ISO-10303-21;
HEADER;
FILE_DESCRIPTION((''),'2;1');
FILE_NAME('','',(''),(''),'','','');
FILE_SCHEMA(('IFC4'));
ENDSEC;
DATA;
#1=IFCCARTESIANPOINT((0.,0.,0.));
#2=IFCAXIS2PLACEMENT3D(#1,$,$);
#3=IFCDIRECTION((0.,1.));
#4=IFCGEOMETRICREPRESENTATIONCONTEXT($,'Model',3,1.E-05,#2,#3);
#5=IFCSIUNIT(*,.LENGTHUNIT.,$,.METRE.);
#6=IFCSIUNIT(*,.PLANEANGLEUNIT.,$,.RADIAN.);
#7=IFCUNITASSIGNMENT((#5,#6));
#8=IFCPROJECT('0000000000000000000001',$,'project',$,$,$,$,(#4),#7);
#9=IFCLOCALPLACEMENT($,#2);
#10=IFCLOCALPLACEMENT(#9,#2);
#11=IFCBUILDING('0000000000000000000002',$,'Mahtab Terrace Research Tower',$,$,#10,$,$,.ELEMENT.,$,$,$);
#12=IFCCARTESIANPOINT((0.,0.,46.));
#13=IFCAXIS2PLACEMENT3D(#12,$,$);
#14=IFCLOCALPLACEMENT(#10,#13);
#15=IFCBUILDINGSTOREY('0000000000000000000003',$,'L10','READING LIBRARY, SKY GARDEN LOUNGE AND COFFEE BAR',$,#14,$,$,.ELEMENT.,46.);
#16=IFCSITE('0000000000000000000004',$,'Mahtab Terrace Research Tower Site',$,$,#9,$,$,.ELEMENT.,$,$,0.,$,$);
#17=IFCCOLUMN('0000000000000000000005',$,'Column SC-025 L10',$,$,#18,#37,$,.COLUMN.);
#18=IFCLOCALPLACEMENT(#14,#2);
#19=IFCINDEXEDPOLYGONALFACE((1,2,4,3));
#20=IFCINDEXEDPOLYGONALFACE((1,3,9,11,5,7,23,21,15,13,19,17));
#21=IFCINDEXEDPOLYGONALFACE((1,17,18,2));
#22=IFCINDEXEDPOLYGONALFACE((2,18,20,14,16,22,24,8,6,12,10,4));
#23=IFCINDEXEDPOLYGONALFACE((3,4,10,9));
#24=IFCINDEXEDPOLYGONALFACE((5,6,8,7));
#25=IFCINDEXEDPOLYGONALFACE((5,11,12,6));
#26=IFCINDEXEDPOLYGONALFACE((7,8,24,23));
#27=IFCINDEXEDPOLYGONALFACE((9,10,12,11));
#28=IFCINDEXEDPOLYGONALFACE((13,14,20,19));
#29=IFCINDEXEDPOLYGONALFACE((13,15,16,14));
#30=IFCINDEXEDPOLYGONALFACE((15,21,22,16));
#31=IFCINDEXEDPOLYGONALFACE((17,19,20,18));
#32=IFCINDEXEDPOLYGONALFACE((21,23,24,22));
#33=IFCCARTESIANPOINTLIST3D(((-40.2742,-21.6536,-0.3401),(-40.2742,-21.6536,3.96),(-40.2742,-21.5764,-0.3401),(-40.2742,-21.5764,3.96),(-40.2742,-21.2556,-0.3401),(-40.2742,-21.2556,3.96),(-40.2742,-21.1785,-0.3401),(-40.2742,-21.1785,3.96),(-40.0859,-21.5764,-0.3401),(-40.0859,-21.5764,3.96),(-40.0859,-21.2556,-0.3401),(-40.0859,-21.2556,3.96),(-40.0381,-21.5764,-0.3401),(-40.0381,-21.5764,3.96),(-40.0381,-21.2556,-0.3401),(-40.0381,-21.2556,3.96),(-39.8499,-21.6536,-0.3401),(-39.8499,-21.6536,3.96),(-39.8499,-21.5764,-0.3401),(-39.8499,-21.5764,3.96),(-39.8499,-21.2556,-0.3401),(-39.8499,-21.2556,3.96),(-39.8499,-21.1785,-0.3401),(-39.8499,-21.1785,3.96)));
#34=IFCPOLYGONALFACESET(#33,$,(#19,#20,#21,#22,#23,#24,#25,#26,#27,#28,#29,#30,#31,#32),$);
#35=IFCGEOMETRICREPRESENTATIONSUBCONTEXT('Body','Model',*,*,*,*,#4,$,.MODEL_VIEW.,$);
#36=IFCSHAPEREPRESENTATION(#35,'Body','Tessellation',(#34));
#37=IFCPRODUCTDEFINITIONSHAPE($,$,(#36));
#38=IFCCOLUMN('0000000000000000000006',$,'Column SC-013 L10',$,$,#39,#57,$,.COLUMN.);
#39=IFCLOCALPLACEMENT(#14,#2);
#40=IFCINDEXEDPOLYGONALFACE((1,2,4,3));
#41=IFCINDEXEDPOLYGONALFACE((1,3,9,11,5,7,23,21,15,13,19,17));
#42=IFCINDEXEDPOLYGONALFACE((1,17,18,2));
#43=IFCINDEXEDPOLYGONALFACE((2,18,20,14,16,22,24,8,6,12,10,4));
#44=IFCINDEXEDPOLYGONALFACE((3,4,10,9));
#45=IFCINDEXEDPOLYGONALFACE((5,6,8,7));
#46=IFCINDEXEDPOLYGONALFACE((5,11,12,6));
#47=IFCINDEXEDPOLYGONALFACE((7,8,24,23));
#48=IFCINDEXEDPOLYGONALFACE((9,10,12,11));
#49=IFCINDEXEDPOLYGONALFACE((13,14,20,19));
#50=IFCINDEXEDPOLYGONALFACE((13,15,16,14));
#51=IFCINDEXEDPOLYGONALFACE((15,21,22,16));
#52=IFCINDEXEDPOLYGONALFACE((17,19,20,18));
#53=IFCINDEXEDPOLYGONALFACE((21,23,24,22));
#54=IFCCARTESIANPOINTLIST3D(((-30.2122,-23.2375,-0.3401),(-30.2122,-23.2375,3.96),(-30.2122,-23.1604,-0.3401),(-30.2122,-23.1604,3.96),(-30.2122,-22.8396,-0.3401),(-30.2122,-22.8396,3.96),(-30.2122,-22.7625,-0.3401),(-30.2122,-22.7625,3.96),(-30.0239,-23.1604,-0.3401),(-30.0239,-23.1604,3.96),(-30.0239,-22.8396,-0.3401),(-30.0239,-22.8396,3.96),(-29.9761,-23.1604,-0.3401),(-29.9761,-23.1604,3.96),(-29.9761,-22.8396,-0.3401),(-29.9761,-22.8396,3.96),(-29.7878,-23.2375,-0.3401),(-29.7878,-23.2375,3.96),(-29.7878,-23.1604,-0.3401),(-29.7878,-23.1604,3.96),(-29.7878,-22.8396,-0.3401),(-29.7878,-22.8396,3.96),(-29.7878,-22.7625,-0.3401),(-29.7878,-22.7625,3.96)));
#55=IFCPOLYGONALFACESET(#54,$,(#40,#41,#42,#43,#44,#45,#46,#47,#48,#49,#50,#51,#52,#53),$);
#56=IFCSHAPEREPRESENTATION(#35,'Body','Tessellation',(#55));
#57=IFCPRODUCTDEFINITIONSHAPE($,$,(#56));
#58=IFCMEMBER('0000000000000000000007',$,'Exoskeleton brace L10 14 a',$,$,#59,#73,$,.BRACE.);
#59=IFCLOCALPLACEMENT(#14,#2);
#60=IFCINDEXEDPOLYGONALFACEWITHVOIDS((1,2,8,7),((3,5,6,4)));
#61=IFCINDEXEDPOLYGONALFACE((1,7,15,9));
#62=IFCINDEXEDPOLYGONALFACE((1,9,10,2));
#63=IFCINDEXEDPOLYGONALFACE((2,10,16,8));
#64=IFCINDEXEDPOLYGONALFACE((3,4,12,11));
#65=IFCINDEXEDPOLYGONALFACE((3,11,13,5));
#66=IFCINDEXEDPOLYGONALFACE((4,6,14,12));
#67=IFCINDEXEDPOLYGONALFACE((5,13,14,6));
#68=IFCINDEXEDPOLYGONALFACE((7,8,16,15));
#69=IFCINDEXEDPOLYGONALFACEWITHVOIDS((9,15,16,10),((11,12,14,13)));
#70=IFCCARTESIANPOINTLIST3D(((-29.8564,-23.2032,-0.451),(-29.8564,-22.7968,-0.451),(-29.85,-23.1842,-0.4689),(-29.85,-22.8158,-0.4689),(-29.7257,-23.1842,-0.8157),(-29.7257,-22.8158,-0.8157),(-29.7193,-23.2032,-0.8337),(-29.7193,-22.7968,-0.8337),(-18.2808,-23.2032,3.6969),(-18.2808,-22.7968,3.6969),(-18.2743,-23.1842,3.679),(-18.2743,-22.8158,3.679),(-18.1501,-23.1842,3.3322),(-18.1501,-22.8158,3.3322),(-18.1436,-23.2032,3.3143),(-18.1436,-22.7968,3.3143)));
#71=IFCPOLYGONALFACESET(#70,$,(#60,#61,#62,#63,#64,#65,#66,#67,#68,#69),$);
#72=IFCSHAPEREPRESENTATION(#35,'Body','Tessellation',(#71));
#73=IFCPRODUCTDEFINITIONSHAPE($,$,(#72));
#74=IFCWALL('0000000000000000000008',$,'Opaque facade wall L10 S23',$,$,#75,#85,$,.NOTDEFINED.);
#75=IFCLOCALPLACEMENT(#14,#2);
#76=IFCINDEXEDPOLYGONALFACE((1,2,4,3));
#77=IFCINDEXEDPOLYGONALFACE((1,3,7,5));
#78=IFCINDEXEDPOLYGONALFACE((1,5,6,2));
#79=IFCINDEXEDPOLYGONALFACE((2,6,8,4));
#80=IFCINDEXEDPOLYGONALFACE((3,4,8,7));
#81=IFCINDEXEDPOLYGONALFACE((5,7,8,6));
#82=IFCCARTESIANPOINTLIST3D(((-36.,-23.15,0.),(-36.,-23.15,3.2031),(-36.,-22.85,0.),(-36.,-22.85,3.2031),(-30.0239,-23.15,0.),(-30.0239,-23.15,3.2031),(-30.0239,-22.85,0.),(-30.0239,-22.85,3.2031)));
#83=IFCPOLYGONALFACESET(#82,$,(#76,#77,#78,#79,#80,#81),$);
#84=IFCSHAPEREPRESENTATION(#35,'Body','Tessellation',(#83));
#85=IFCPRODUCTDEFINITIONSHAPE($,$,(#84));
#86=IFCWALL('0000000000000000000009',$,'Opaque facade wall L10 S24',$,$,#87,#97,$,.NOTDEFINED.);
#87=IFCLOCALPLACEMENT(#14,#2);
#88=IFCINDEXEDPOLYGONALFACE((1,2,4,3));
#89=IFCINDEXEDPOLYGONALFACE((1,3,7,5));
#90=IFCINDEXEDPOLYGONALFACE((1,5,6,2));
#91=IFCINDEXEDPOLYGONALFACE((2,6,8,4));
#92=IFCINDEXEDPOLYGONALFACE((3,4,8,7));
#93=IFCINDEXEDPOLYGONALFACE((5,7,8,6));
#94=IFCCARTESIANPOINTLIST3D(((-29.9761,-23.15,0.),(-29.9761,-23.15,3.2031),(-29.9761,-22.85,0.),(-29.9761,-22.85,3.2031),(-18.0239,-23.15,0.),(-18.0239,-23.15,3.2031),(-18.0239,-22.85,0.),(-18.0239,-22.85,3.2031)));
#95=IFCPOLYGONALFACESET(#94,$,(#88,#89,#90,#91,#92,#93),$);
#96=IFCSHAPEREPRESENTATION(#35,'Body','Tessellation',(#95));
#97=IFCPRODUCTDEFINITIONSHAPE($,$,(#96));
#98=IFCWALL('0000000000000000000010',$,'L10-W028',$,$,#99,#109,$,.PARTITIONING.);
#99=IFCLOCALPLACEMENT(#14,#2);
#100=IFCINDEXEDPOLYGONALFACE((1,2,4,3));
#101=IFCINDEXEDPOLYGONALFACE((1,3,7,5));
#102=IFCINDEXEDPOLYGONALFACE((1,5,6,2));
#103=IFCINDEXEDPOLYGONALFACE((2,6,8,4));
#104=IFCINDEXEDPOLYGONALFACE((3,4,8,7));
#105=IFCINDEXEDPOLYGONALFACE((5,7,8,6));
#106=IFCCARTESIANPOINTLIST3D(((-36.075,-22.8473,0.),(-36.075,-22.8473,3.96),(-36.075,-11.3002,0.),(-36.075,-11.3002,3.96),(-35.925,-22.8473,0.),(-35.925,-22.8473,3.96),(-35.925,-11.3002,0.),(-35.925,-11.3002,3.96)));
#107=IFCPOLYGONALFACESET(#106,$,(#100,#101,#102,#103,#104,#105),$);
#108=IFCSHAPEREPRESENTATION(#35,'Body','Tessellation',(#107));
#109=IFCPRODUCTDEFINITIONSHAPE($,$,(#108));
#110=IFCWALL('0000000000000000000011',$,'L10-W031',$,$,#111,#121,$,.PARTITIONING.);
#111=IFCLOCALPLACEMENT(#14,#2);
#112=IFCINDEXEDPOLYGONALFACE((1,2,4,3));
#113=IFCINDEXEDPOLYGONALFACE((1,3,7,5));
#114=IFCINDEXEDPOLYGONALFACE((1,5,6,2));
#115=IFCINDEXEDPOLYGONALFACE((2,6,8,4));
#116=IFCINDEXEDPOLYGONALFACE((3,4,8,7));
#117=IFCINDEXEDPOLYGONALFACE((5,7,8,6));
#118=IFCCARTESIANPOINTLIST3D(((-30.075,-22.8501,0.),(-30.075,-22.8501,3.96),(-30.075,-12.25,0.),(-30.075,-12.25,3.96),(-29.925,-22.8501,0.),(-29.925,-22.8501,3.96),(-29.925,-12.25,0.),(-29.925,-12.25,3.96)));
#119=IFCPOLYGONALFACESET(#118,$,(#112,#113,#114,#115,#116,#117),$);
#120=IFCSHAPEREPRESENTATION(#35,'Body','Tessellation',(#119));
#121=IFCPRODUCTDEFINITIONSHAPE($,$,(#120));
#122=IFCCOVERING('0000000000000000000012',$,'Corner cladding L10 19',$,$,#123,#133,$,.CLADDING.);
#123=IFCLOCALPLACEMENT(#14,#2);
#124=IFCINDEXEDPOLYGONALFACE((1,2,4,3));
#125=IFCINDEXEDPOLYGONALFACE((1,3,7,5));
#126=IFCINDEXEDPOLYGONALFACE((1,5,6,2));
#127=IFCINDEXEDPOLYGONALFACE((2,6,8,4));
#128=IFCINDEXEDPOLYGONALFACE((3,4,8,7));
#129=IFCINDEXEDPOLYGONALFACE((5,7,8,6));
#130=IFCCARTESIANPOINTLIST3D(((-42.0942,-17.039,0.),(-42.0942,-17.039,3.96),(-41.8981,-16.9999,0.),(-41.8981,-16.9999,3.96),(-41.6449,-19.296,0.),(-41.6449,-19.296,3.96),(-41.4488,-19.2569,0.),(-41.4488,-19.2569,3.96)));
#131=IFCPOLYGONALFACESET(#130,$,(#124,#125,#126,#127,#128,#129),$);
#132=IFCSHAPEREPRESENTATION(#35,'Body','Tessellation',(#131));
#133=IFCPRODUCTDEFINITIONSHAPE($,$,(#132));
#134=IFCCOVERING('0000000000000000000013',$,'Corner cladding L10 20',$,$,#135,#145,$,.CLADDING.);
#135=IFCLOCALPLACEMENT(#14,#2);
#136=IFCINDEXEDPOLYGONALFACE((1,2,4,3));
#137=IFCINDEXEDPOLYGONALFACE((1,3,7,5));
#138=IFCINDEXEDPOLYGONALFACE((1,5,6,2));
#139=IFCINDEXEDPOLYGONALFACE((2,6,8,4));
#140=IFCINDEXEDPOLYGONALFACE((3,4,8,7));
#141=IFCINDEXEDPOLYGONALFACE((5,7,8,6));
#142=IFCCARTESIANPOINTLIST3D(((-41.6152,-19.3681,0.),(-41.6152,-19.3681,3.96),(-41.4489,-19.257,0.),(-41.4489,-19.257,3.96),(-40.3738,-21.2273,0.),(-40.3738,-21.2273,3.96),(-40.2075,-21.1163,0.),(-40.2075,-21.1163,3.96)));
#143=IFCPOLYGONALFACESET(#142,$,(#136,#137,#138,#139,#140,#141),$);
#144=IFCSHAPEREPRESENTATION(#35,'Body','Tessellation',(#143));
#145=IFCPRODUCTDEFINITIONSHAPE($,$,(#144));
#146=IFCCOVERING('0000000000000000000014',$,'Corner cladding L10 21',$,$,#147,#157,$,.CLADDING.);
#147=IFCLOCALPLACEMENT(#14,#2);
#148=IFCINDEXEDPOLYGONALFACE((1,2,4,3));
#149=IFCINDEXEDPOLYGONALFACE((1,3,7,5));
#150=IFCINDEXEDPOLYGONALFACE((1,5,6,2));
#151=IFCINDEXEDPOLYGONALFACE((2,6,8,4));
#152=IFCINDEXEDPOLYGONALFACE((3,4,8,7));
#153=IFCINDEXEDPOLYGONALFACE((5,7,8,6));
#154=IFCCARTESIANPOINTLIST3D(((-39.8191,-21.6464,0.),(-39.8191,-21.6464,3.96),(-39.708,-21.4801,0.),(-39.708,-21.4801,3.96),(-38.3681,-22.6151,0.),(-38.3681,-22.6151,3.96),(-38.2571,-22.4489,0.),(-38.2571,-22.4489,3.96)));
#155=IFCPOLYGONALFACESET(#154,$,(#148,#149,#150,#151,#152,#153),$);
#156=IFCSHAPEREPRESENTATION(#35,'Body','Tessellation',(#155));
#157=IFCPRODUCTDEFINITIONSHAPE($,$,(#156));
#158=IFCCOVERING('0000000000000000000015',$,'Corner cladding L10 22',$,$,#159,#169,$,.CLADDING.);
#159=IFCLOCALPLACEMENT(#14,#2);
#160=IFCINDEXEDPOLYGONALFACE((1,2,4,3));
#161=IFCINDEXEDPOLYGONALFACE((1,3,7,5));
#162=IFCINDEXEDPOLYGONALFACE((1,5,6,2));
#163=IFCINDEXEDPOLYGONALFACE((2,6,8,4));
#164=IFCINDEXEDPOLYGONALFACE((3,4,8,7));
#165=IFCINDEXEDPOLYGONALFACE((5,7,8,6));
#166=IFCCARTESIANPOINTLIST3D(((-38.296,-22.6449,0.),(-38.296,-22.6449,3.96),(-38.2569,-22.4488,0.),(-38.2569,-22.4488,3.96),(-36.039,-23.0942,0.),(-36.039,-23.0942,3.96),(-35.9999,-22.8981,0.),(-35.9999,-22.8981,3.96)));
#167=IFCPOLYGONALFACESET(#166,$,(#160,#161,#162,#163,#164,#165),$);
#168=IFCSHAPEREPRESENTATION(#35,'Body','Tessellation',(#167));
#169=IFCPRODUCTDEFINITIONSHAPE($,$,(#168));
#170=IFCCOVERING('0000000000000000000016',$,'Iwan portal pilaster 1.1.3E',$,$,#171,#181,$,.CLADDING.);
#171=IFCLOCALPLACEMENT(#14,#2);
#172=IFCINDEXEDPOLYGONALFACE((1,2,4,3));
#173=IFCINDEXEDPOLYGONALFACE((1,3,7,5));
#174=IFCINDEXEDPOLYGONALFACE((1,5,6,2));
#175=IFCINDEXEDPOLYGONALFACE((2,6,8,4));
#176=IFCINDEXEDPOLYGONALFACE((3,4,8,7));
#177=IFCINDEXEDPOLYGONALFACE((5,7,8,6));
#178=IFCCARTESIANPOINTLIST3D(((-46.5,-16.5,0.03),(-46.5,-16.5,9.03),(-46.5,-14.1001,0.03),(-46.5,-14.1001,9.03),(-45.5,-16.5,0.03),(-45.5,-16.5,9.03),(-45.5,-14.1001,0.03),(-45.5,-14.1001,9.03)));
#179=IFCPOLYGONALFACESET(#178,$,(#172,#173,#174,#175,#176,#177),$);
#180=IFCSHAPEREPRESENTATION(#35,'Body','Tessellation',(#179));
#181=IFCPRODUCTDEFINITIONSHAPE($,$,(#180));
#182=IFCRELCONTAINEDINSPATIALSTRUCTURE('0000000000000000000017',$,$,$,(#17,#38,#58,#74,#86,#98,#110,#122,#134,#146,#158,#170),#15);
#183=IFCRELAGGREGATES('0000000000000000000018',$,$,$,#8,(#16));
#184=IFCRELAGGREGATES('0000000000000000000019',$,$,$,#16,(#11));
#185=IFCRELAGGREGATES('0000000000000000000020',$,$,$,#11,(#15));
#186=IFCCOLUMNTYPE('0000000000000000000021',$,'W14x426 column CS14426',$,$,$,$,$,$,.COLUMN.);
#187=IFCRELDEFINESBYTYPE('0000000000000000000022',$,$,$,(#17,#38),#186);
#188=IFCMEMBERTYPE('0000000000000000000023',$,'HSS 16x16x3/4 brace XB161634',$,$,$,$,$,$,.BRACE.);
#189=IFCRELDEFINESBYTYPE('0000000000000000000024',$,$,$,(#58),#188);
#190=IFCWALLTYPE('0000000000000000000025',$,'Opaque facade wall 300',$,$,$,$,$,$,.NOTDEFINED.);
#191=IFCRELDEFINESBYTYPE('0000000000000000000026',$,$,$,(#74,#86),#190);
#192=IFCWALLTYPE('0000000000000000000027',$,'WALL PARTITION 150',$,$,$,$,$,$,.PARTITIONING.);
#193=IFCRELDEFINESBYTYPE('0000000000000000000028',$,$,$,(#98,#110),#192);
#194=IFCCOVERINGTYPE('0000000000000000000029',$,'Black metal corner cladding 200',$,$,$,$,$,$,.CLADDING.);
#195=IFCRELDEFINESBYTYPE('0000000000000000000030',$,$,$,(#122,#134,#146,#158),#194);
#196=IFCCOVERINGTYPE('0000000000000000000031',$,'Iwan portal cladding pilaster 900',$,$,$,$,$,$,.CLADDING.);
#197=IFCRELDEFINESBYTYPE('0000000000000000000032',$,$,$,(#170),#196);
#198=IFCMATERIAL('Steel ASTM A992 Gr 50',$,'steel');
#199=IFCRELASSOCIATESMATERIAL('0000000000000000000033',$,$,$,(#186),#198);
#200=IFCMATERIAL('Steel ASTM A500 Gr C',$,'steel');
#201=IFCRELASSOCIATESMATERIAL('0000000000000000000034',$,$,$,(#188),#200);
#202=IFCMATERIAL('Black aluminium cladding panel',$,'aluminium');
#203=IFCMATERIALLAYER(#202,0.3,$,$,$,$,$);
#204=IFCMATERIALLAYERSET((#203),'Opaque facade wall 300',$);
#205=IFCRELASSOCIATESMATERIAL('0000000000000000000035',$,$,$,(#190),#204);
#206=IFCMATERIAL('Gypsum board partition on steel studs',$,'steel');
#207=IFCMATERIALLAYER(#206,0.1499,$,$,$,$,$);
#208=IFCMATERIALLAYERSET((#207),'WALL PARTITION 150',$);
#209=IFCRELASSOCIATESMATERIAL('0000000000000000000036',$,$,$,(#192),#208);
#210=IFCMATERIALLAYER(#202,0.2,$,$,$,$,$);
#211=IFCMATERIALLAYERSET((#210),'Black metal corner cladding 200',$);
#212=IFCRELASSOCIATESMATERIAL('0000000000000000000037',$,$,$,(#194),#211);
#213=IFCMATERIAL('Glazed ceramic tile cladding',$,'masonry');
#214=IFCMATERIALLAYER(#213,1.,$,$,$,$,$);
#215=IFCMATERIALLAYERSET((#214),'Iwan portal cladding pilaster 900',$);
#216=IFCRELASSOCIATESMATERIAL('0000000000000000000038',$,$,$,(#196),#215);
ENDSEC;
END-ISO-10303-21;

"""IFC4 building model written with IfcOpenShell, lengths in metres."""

from ifc_helpers import new_model, si_unit, direction, frame, frame_2d, origin, origin_2d, place, context, subcontext, project, spatial, rectangle, hollow_rectangle, i_section, extrude, material, layer, layer_set, material_profile, profile_set, type_object, element, save


model = new_model("IFC4")

# Units and contexts
model_context = context("Model", 3, precision=1e-05, world=origin(), true_north=direction((0.0, 1.0)))
body_context = subcontext(model_context, "Body", "Model", "MODEL_VIEW")
ifc_project = project(units=[si_unit("LENGTHUNIT", "METRE"), si_unit("PLANEANGLEUNIT", "RADIAN")], contexts=[model_context])

# Site, building, storey
site_placement = place(None, origin())
site = spatial("IfcSite", under=ifc_project, at=site_placement, Name="Mahtab Terrace Research Tower Site", CompositionType="ELEMENT", RefElevation=0.0)
building_placement = place(site_placement, origin())
building = spatial("IfcBuilding", under=site, at=building_placement, Name="Mahtab Terrace Research Tower", CompositionType="ELEMENT")
storey_placement = place(building_placement, frame((0.0, 0.0, 46.0)))
storey = spatial("IfcBuildingStorey", under=building, at=storey_placement, Name="L10", Description="READING LIBRARY, SKY GARDEN LOUNGE AND COFFEE BAR", CompositionType="ELEMENT", Elevation=46.0)

# Columns
ifc_material_1 = material(Name="Steel ASTM A992 Gr 50", Category="steel")
ifc_material_profile_1 = material_profile(ifc_material_1, i_section(OverallWidth=0.4243, OverallDepth=0.4751, WebThickness=0.0479, FlangeThickness=0.0771, at=origin_2d()), Name="W14X426")
ifc_profile_set_1 = profile_set([ifc_material_profile_1], Name="Steel ASTM A992 Gr 50")
column_type = type_object("IfcColumnType", Name="W14x426 column CS14426", PredefinedType="COLUMN", material=ifc_profile_set_1)
for number, where, z_axis, x_axis, name in (
    (1, (-40.062, -21.416, -0.3401), (0.0, 0.0, 1.0), (1.0, 0.0, 0.0), "Column SC-025 L10"),
    (2, (-30.0, -23.0, -0.3401), (0.0, 0.0, 1.0), (1.0, 0.0, 0.0), "Column SC-013 L10"),
):
    element("IfcColumn", number, at=place(storey_placement, frame(where, z_axis=z_axis, x_axis=x_axis)), inside=storey, type_object=column_type, Name=name, PredefinedType="COLUMN", context=body_context, shape_type="SweptSolid", body=[
        extrude(i_section(OverallWidth=0.4243, OverallDepth=0.4751, WebThickness=0.0479, FlangeThickness=0.0771, at=origin_2d()), origin(), (0.0, 0.0, 1.0), 4.3),
    ])

# Member
ifc_material_2 = material(Name="Steel ASTM A500 Gr C", Category="steel")
ifc_material_profile_2 = material_profile(ifc_material_2, hollow_rectangle(XDim=0.4065, YDim=0.4065, WallThickness=0.019, at=origin_2d()), Name="HSS16X16X3/4")
ifc_profile_set_2 = profile_set([ifc_material_profile_2], Name="Steel ASTM A500 Gr C")
member_type = type_object("IfcMemberType", Name="HSS 16x16x3/4 brace XB161634", PredefinedType="BRACE", material=ifc_profile_set_2)
member_placement = place(storey_placement, frame((-29.7878, -23.0, -0.6423), z_axis=(0.941387, 0.0, 0.33733), x_axis=(0.0, 1.0, 0.0)))
element("IfcMember", 3, at=member_placement, inside=storey, type_object=member_type, Name="Exoskeleton brace L10 14 a", PredefinedType="BRACE", context=body_context, shape_type="SweptSolid", body=[
    extrude(hollow_rectangle(XDim=0.4065, YDim=0.4065, WallThickness=0.019, at=origin_2d()), origin(), (0.0, 0.0, 1.0), 12.2964),
])

# Walls
ifc_material_3 = material(Name="Black aluminium cladding panel", Category="aluminium")
ifc_layer_1 = layer(ifc_material_3, 0.3)
ifc_layer_set_1 = layer_set([ifc_layer_1], Name="Opaque facade wall 300")
wall_type_1 = type_object("IfcWallType", Name="Opaque facade wall 300", PredefinedType="NOTDEFINED", material=ifc_layer_set_1)
wall_1_placement = place(storey_placement, frame((-36.0, -23.0, 0.0), z_axis=(0.0, 0.0, 1.0), x_axis=(1.0, 0.0, 0.0)))
element("IfcWall", 4, at=wall_1_placement, inside=storey, type_object=wall_type_1, Name="Opaque facade wall L10 S23", PredefinedType="NOTDEFINED", context=body_context, shape_type="SweptSolid", body=[
    extrude(rectangle(XDim=5.9761, YDim=0.3, at=frame_2d((2.988, 0.0))), origin(), (0.0, 0.0, 1.0), 3.2031),
])
wall_2_placement = place(storey_placement, frame((-29.9761, -23.0, 0.0), z_axis=(0.0, 0.0, 1.0), x_axis=(1.0, 0.0, 0.0)))
element("IfcWall", 5, at=wall_2_placement, inside=storey, type_object=wall_type_1, Name="Opaque facade wall L10 S24", PredefinedType="NOTDEFINED", context=body_context, shape_type="SweptSolid", body=[
    extrude(rectangle(XDim=11.9521, YDim=0.3, at=frame_2d((5.9761, 0.0))), origin(), (0.0, 0.0, 1.0), 3.2031),
])
ifc_material_4 = material(Name="Gypsum board partition on steel studs", Category="steel")
ifc_layer_2 = layer(ifc_material_4, 0.1499)
ifc_layer_set_2 = layer_set([ifc_layer_2], Name="WALL PARTITION 150")
wall_type_2 = type_object("IfcWallType", Name="WALL PARTITION 150", PredefinedType="PARTITIONING", material=ifc_layer_set_2)
wall_3_placement = place(storey_placement, frame((-36.0, -22.8472, 0.0), z_axis=(0.0, 0.0, 1.0), x_axis=(0.0, 1.0, 0.0)))
element("IfcWall", 6, at=wall_3_placement, inside=storey, type_object=wall_type_2, Name="L10-W028", PredefinedType="PARTITIONING", context=body_context, shape_type="SweptSolid", body=[
    extrude(rectangle(XDim=11.5471, YDim=0.1499, at=frame_2d((5.7734, 0.0))), origin(), (0.0, 0.0, 1.0), 3.96),
])
wall_4_placement = place(storey_placement, frame((-30.0, -22.8501, 0.0), z_axis=(0.0, 0.0, 1.0), x_axis=(0.0, 1.0, 0.0)))
element("IfcWall", 7, at=wall_4_placement, inside=storey, type_object=wall_type_2, Name="L10-W031", PredefinedType="PARTITIONING", context=body_context, shape_type="SweptSolid", body=[
    extrude(rectangle(XDim=10.6001, YDim=0.1499, at=frame_2d((5.3, 0.0))), origin(), (0.0, 0.0, 1.0), 3.96),
])

# Coverings
ifc_layer_3 = layer(ifc_material_3, 0.2)
ifc_layer_set_3 = layer_set([ifc_layer_3], Name="Black metal corner cladding 200")
covering_type_1 = type_object("IfcCoveringType", Name="Black metal corner cladding 200", PredefinedType="CLADDING", material=ifc_layer_set_3)
covering_1_placement = place(storey_placement, frame((-41.7715, -18.1479, 0.0), z_axis=(0.0, 0.0, 1.0), x_axis=(0.195212, -0.980761, 0.0)))
element("IfcCovering", 8, at=covering_1_placement, inside=storey, type_object=covering_type_1, Name="Corner cladding L10 19", PredefinedType="CLADDING", context=body_context, shape_type="SweptSolid", body=[
    extrude(rectangle(XDim=2.3013, YDim=0.2, at=origin_2d()), origin(), (0.0, 0.0, 1.0), 3.96),
])
covering_2_placement = place(storey_placement, frame((-40.9114, -20.2422, 0.0), z_axis=(0.0, 0.0, 1.0), x_axis=(0.555291, -0.831656, 0.0)))
element("IfcCovering", 9, at=covering_2_placement, inside=storey, type_object=covering_type_1, Name="Corner cladding L10 20", PredefinedType="CLADDING", context=body_context, shape_type="SweptSolid", body=[
    extrude(rectangle(XDim=2.2356, YDim=0.2, at=origin_2d()), origin(), (0.0, 0.0, 1.0), 3.96),
])
covering_3_placement = place(storey_placement, frame((-39.0381, -22.0476, 0.0), z_axis=(0.0, 0.0, 1.0), x_axis=(0.831656, -0.555291, 0.0)))
element("IfcCovering", 10, at=covering_3_placement, inside=storey, type_object=covering_type_1, Name="Corner cladding L10 21", PredefinedType="CLADDING", context=body_context, shape_type="SweptSolid", body=[
    extrude(rectangle(XDim=1.7446, YDim=0.2, at=origin_2d()), origin(), (0.0, 0.0, 1.0), 3.96),
])
covering_4_placement = place(storey_placement, frame((-37.1479, -22.7715, 0.0), z_axis=(0.0, 0.0, 1.0), x_axis=(0.980761, -0.195212, 0.0)))
element("IfcCovering", 11, at=covering_4_placement, inside=storey, type_object=covering_type_1, Name="Corner cladding L10 22", PredefinedType="CLADDING", context=body_context, shape_type="SweptSolid", body=[
    extrude(rectangle(XDim=2.3013, YDim=0.2, at=origin_2d()), origin(), (0.0, 0.0, 1.0), 3.96),
])
ifc_material_5 = material(Name="Glazed ceramic tile cladding", Category="masonry")
ifc_layer_4 = layer(ifc_material_5, 1.0)
ifc_layer_set_4 = layer_set([ifc_layer_4], Name="Iwan portal cladding pilaster 900")
covering_type_2 = type_object("IfcCoveringType", Name="Iwan portal cladding pilaster 900", PredefinedType="CLADDING", material=ifc_layer_set_4)
covering_5_placement = place(storey_placement, frame((-46.0, -15.3, 0.03), z_axis=(0.0, 0.0, 1.0), x_axis=(0.0, -1.0, 0.0)))
element("IfcCovering", 12, at=covering_5_placement, inside=storey, type_object=covering_type_2, Name="Iwan portal pilaster 1.1.3E", PredefinedType="CLADDING", context=body_context, shape_type="SweptSolid", body=[
    extrude(rectangle(XDim=2.3999, YDim=1.0, at=origin_2d()), origin(), (0.0, 0.0, 1.0), 9.0),
])

save(model, "model.ifc")
